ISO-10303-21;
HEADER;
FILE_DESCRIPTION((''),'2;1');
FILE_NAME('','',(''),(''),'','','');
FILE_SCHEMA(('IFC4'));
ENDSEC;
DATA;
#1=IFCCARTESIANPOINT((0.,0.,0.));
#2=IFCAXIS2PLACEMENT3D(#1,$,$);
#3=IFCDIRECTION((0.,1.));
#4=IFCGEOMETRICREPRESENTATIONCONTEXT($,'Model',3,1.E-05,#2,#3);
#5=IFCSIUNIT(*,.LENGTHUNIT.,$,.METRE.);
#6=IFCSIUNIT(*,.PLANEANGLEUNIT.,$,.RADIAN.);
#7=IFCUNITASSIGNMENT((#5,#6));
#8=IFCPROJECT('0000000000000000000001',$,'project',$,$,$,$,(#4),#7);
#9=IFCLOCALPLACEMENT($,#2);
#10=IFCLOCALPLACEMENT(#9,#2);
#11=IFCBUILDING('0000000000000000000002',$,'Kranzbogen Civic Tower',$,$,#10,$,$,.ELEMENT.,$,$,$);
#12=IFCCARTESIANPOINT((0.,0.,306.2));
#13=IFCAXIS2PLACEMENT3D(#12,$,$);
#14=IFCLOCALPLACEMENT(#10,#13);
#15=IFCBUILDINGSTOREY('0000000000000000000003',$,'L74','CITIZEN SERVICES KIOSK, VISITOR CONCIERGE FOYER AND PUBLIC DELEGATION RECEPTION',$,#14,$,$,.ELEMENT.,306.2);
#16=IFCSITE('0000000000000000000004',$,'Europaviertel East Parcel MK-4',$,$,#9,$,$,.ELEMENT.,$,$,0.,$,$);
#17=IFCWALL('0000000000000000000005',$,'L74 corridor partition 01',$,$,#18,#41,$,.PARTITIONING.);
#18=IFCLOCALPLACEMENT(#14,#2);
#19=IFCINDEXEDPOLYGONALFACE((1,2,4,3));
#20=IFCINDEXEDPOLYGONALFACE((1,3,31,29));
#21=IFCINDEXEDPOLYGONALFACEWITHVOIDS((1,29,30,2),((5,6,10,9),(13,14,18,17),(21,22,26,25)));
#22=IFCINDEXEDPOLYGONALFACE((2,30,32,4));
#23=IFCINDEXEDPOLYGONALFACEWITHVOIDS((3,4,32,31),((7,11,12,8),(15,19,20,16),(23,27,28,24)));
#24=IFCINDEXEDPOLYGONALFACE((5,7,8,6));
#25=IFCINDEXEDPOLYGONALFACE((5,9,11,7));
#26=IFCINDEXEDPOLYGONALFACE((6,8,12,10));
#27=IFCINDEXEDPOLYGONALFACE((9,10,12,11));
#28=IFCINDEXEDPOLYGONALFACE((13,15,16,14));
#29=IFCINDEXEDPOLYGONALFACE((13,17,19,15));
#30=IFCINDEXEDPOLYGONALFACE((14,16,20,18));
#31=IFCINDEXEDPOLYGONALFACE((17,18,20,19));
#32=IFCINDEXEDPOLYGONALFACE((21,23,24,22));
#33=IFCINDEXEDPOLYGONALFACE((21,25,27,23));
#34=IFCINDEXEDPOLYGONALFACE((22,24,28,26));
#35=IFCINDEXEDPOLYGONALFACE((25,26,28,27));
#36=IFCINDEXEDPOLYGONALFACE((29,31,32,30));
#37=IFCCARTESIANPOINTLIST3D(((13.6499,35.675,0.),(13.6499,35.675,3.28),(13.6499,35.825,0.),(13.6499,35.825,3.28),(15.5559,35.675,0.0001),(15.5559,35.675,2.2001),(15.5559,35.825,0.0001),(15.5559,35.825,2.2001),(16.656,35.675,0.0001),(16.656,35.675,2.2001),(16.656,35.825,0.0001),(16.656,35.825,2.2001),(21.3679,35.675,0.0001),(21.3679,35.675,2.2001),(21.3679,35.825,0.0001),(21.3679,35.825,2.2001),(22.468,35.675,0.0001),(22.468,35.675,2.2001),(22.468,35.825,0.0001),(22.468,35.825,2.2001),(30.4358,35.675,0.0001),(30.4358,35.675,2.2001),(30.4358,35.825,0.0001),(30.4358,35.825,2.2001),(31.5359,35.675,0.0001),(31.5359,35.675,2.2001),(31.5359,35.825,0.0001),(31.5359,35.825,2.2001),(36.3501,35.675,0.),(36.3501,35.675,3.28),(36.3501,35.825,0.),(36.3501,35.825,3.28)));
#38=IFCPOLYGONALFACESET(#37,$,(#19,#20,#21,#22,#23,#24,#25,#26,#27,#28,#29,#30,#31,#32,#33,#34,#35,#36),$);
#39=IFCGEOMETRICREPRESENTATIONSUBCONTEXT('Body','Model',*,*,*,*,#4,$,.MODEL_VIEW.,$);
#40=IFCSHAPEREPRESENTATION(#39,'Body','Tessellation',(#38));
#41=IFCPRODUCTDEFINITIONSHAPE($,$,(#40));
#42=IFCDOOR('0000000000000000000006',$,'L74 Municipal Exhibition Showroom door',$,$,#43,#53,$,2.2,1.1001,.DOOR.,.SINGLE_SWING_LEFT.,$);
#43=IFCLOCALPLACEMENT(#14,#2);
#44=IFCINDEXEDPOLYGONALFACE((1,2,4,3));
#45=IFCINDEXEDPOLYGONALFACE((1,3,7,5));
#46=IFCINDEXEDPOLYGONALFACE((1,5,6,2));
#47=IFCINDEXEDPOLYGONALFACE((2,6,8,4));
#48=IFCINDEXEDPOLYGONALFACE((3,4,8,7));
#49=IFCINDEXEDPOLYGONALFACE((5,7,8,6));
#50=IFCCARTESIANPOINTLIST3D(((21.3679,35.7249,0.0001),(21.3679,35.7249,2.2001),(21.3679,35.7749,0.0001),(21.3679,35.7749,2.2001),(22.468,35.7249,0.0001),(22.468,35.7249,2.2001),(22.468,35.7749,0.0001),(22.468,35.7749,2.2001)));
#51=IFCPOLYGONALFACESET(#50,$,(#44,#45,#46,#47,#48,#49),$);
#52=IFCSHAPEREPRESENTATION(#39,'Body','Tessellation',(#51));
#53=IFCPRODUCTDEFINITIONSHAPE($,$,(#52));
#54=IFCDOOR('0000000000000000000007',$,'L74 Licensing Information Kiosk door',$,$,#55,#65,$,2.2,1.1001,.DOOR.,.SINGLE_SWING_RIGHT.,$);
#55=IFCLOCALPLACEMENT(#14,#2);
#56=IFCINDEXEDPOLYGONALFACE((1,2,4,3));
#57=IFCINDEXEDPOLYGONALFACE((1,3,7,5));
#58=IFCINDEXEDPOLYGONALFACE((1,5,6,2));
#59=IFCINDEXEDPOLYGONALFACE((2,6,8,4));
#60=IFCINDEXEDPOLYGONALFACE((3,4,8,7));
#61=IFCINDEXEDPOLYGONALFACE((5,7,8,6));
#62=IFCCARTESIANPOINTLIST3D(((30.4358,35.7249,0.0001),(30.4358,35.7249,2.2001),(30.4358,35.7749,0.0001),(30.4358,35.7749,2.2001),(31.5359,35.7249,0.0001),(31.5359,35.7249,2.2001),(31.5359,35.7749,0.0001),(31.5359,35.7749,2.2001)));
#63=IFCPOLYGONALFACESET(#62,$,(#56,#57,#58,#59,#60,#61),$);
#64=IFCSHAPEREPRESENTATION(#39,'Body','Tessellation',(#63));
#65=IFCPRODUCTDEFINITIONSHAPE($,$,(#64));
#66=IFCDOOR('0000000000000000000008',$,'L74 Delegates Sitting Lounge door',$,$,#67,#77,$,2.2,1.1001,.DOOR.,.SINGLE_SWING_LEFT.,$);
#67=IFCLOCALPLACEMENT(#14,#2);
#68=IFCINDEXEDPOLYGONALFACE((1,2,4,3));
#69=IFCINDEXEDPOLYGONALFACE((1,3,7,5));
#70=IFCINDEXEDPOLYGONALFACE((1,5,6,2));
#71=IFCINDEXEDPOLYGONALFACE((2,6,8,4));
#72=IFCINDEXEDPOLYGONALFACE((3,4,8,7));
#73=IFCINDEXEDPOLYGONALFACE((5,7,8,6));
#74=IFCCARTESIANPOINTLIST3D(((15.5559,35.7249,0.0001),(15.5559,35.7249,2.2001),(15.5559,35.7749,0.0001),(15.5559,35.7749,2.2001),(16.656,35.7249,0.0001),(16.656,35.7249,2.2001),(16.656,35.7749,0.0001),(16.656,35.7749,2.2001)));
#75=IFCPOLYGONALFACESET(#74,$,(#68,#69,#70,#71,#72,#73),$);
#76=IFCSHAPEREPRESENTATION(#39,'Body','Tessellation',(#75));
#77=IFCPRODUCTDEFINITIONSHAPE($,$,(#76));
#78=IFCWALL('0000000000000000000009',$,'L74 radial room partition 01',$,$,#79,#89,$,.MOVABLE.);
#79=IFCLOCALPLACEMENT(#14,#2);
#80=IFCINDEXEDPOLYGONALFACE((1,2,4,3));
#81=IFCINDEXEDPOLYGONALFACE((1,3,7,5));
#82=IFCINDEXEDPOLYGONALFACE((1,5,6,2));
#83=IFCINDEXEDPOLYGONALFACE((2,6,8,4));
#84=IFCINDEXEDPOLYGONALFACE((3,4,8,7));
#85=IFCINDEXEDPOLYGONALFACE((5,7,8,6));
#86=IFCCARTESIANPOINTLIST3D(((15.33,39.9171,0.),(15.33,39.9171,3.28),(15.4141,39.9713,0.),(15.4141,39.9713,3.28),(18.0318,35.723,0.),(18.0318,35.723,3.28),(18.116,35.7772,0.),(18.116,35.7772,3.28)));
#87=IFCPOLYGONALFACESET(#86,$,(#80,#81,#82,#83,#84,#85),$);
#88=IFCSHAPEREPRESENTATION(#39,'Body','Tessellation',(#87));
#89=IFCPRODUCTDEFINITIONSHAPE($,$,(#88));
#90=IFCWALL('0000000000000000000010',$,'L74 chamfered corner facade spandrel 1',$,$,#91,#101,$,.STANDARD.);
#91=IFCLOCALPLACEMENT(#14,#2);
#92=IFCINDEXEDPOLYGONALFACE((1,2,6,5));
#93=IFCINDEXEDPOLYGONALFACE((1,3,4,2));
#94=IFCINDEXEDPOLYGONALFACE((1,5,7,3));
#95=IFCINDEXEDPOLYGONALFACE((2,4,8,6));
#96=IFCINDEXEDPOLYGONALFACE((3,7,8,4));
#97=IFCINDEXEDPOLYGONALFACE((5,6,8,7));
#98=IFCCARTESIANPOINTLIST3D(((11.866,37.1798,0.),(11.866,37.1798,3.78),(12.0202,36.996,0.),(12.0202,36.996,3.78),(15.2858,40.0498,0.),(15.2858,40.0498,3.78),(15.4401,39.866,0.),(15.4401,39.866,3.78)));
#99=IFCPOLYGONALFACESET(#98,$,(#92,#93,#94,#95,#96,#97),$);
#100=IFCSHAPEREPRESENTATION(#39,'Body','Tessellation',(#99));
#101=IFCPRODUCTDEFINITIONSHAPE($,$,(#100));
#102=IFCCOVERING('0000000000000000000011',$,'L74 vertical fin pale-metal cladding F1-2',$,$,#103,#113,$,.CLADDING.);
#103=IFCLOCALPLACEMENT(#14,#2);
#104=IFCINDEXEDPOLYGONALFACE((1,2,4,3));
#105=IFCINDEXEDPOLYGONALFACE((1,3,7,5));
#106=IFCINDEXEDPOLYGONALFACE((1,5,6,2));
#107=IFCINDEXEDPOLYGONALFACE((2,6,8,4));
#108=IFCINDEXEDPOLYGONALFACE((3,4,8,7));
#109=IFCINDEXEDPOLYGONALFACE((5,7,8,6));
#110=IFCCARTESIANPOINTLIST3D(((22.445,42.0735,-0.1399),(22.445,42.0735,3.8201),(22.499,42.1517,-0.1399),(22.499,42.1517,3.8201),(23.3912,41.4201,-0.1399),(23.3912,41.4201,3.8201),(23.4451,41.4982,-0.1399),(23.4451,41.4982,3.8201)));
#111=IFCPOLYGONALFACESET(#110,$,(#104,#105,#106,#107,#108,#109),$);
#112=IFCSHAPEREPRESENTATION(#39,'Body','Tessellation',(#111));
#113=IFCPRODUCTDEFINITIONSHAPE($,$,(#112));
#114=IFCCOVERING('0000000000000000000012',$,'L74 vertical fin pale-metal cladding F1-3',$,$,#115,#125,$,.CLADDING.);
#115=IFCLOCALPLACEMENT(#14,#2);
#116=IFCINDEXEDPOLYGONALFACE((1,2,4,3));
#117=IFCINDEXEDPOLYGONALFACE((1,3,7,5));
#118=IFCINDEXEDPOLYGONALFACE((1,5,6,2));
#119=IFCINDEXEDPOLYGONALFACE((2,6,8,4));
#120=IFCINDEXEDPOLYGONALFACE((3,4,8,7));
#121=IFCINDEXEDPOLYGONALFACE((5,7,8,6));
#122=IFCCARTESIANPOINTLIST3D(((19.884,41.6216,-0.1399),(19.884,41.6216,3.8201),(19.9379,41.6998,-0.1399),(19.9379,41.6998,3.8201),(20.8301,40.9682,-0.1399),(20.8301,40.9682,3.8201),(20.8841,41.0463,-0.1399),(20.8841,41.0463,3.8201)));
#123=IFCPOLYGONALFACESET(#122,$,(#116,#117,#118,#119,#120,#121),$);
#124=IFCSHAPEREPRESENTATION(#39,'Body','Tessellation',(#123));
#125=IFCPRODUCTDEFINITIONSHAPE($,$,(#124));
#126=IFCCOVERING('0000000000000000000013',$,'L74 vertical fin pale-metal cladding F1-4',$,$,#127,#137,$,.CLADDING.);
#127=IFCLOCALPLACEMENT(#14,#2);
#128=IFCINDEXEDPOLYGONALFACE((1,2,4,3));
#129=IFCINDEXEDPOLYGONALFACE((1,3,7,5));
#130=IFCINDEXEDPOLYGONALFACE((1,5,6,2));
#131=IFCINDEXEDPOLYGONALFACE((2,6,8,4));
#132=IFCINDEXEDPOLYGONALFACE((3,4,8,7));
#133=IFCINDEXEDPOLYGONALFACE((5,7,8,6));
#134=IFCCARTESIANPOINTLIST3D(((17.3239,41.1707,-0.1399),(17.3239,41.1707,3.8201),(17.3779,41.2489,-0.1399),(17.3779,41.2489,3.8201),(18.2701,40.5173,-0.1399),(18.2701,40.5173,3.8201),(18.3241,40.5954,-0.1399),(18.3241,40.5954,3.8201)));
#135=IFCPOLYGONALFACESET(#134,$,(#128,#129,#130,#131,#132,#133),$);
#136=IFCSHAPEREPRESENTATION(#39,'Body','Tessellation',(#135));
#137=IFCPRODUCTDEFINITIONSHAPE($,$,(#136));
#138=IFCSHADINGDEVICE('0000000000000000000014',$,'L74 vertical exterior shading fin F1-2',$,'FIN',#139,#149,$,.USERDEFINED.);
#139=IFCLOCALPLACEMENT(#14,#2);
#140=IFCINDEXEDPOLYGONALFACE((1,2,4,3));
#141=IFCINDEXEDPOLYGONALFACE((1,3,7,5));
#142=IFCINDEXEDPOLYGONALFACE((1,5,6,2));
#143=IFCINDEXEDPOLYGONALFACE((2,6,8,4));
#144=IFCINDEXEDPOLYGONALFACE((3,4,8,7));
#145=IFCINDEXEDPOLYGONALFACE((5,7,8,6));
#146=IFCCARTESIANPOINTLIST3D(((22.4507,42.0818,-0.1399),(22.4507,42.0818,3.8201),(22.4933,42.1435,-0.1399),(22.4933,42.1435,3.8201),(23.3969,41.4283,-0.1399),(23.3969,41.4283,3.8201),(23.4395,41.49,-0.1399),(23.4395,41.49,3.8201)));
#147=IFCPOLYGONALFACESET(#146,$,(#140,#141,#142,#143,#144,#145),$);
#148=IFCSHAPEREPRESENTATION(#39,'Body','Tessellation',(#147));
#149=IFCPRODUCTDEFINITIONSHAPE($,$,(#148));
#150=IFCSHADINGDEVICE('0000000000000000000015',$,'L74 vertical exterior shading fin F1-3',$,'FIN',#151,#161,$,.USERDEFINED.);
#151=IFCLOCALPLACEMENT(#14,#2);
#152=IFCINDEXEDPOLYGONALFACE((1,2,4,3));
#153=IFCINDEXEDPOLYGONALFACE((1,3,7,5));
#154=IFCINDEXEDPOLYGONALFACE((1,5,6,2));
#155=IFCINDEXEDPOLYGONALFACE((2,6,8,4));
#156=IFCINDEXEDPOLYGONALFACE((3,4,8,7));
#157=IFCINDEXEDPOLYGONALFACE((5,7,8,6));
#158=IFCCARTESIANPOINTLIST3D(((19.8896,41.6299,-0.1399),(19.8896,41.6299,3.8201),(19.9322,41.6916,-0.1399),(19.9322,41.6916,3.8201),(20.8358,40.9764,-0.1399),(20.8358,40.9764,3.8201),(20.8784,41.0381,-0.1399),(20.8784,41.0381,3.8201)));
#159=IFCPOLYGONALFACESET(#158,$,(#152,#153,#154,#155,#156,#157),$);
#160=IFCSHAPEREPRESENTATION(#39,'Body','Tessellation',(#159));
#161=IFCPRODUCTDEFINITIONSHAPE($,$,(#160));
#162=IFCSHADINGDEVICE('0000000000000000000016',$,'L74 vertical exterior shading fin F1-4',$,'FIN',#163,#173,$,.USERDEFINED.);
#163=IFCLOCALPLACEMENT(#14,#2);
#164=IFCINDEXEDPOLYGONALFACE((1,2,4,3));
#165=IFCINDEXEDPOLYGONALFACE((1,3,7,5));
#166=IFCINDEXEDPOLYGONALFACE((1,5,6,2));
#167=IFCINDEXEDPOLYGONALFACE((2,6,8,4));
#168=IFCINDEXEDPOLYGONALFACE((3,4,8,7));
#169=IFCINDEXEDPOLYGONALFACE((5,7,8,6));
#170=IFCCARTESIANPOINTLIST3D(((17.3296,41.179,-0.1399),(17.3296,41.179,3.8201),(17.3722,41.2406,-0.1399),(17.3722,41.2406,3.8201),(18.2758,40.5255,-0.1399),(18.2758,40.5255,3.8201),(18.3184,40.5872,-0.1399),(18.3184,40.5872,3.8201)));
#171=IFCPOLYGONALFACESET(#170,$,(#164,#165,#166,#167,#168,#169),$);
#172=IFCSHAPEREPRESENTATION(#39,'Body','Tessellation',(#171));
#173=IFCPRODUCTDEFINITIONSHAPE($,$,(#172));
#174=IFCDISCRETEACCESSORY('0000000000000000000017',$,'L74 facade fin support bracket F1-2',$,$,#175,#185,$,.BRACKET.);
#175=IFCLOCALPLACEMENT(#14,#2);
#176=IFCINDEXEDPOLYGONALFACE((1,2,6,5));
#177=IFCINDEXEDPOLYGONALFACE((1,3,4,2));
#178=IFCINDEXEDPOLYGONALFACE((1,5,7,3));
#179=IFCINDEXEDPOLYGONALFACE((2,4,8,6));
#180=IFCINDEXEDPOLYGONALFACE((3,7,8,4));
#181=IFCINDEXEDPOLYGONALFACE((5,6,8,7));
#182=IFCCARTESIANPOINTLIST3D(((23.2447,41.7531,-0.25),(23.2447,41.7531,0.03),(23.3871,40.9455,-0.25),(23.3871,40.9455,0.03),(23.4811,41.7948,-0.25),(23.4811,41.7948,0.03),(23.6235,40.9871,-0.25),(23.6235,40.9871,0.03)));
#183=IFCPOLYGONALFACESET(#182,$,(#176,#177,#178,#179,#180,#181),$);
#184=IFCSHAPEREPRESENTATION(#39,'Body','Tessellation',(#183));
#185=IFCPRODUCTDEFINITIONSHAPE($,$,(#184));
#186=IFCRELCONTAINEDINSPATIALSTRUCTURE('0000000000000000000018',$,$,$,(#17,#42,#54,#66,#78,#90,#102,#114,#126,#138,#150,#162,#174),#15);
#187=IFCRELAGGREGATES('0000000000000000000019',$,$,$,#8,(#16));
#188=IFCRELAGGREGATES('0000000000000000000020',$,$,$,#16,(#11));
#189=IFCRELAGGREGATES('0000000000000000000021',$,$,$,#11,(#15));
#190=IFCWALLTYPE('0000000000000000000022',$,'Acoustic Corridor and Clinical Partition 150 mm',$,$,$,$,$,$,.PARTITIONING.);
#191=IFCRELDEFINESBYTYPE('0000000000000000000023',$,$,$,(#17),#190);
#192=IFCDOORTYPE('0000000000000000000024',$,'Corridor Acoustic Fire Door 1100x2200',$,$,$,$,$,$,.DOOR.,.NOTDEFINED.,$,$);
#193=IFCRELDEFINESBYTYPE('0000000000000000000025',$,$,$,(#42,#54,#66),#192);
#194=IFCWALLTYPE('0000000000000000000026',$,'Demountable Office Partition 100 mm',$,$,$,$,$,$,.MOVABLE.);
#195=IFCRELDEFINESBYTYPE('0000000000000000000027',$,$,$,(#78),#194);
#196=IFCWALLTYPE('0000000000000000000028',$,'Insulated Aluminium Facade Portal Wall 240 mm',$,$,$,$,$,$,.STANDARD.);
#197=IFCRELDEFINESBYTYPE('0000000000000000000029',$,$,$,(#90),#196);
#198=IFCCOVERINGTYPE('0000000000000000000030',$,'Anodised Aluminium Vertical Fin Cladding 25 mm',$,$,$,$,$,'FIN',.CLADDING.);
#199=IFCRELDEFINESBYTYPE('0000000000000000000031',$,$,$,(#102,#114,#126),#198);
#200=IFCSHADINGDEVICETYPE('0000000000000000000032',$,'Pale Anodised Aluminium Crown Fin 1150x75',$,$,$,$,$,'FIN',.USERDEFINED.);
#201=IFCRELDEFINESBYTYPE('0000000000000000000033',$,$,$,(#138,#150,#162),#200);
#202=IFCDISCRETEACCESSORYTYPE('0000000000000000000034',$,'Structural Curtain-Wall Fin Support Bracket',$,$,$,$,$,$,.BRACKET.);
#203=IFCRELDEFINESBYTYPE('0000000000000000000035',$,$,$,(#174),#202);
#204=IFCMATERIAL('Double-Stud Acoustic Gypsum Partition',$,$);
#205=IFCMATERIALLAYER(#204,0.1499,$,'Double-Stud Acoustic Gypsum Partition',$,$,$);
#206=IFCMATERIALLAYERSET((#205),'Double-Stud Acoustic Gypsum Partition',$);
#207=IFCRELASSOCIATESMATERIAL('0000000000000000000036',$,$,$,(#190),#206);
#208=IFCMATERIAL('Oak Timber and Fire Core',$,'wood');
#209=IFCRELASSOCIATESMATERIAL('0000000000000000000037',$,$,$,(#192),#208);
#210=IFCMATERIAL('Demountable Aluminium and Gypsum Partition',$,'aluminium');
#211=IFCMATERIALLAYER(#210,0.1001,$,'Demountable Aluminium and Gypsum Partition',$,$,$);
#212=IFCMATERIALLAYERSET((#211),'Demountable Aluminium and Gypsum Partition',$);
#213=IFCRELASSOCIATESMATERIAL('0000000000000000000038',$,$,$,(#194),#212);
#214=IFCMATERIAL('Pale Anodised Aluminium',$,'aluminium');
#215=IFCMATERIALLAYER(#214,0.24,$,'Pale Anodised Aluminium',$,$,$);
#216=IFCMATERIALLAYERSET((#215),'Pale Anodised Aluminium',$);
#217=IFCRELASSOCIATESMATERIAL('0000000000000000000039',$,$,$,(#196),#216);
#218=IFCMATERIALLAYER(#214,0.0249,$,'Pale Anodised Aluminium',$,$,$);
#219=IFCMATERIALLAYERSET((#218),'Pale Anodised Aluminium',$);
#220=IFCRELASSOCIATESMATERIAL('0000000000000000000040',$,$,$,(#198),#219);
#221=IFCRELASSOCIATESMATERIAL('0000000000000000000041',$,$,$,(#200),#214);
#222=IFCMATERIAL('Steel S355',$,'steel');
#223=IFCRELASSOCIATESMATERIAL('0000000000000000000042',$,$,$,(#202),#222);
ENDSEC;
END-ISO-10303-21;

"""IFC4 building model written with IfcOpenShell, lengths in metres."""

from ifc_helpers import new_model, si_unit, direction, frame, frame_2d, origin, origin_2d, place, context, subcontext, project, spatial, rectangle, extrude, material, layer, layer_set, type_object, element, fill, save


model = new_model("IFC4")

# Units and contexts
model_context = context("Model", 3, precision=1e-05, world=origin(), true_north=direction((0.0, 1.0)))
body_context = subcontext(model_context, "Body", "Model", "MODEL_VIEW")
ifc_project = project(units=[si_unit("LENGTHUNIT", "METRE"), si_unit("PLANEANGLEUNIT", "RADIAN")], contexts=[model_context])

# Site, building, storey
site_placement = place(None, origin())
site = spatial("IfcSite", under=ifc_project, at=site_placement, Name="Europaviertel East Parcel MK-4", CompositionType="ELEMENT", RefElevation=0.0)
building_placement = place(site_placement, origin())
building = spatial("IfcBuilding", under=site, at=building_placement, Name="Kranzbogen Civic Tower", CompositionType="ELEMENT")
storey_placement = place(building_placement, frame((0.0, 0.0, 306.2)))
storey = spatial("IfcBuildingStorey", under=building, at=storey_placement, Name="L74", Description="CITIZEN SERVICES KIOSK, VISITOR CONCIERGE FOYER AND PUBLIC DELEGATION RECEPTION", CompositionType="ELEMENT", Elevation=306.2)

# Shared definitions
ifc_material_1 = material(Name="Steel S355", Category="steel")

# Shared definitions
ifc_material_2 = material(Name="Pale Anodised Aluminium", Category="aluminium")

# Wall, openings, doors
ifc_material_3 = material(Name="Double-Stud Acoustic Gypsum Partition")
ifc_layer_1 = layer(ifc_material_3, 0.1499, Name="Double-Stud Acoustic Gypsum Partition")
ifc_layer_set_1 = layer_set([ifc_layer_1], Name="Double-Stud Acoustic Gypsum Partition")
wall_type_1 = type_object("IfcWallType", Name="Acoustic Corridor and Clinical Partition 150 mm", PredefinedType="PARTITIONING", material=ifc_layer_set_1)
wall_1_placement = place(storey_placement, frame((13.6499, 35.75, 0.0), z_axis=(0.0, 0.0, 1.0), x_axis=(1.0, 0.0, 0.0)))
wall_1 = element("IfcWall", 1, at=wall_1_placement, inside=storey, type_object=wall_type_1, Name="L74 corridor partition 01", PredefinedType="PARTITIONING", context=body_context, shape_type="SweptSolid", body=[
    extrude(rectangle(XDim=22.7002, YDim=0.1499, at=frame_2d((11.3501, 0.0))), origin(), (0.0, 0.0, 1.0), 3.28),
])
opening_1_placement = place(wall_1_placement, frame((7.718, 0.0, 0.0)))
opening_1 = element("IfcOpeningElement", 2, at=opening_1_placement, cuts=wall_1, PredefinedType="OPENING", context=body_context, shape_type="SweptSolid", body=[
    extrude(rectangle(XDim=1.1001, YDim=2.2, at=frame_2d((0.55, 1.1001))), frame((0.0, 0.085, 0.0), z_axis=(0.0, -1.0, 0.0), x_axis=(1.0, 0.0, 0.0)), (0.0, 0.0, 1.0), 0.1699),
])
opening_2_placement = place(wall_1_placement, frame((16.7859, 0.0, 0.0)))
opening_2 = element("IfcOpeningElement", 3, at=opening_2_placement, cuts=wall_1, PredefinedType="OPENING", context=body_context, shape_type="SweptSolid", body=[
    extrude(rectangle(XDim=1.1001, YDim=2.2, at=frame_2d((0.55, 1.1001))), frame((0.0, 0.085, 0.0), z_axis=(0.0, -1.0, 0.0), x_axis=(1.0, 0.0, 0.0)), (0.0, 0.0, 1.0), 0.1699),
])
opening_3_placement = place(wall_1_placement, frame((1.906, 0.0, 0.0)))
opening_3 = element("IfcOpeningElement", 4, at=opening_3_placement, cuts=wall_1, PredefinedType="OPENING", context=body_context, shape_type="SweptSolid", body=[
    extrude(rectangle(XDim=1.1001, YDim=2.2, at=frame_2d((0.55, 1.1001))), frame((0.0, 0.085, 0.0), z_axis=(0.0, -1.0, 0.0), x_axis=(1.0, 0.0, 0.0)), (0.0, 0.0, 1.0), 0.1699),
])
ifc_material_4 = material(Name="Oak Timber and Fire Core", Category="wood")
door_type = type_object("IfcDoorType", Name="Corridor Acoustic Fire Door 1100x2200", OperationType="NOTDEFINED", PredefinedType="DOOR", material=ifc_material_4)
door_1_placement = place(opening_1_placement, origin())
door_1 = element("IfcDoor", 5, at=door_1_placement, inside=storey, type_object=door_type, Name="L74 Municipal Exhibition Showroom door", OperationType="SINGLE_SWING_LEFT", OverallHeight=2.2, OverallWidth=1.1001, PredefinedType="DOOR", context=body_context, shape_type="SweptSolid", body=[
    extrude(rectangle(XDim=1.1001, YDim=2.2, at=frame_2d((0.55, 1.1001))), frame((0.0, 0.0249, 0.0), z_axis=(0.0, -1.0, 0.0), x_axis=(1.0, 0.0, 0.0)), (0.0, 0.0, 1.0), 0.05),
])
fill(opening_1, door_1)
door_2_placement = place(opening_2_placement, origin())
door_2 = element("IfcDoor", 6, at=door_2_placement, inside=storey, type_object=door_type, Name="L74 Licensing Information Kiosk door", OperationType="SINGLE_SWING_RIGHT", OverallHeight=2.2, OverallWidth=1.1001, PredefinedType="DOOR", context=body_context, shape_type="SweptSolid", body=[
    extrude(rectangle(XDim=1.1001, YDim=2.2, at=frame_2d((0.55, 1.1001))), frame((0.0, 0.0249, 0.0), z_axis=(0.0, -1.0, 0.0), x_axis=(1.0, 0.0, 0.0)), (0.0, 0.0, 1.0), 0.05),
])
fill(opening_2, door_2)
door_3_placement = place(opening_3_placement, origin())
door_3 = element("IfcDoor", 7, at=door_3_placement, inside=storey, type_object=door_type, Name="L74 Delegates Sitting Lounge door", OperationType="SINGLE_SWING_LEFT", OverallHeight=2.2, OverallWidth=1.1001, PredefinedType="DOOR", context=body_context, shape_type="SweptSolid", body=[
    extrude(rectangle(XDim=1.1001, YDim=2.2, at=frame_2d((0.55, 1.1001))), frame((0.0, 0.0249, 0.0), z_axis=(0.0, -1.0, 0.0), x_axis=(1.0, 0.0, 0.0)), (0.0, 0.0, 1.0), 0.05),
])
fill(opening_3, door_3)

# Walls
ifc_material_5 = material(Name="Demountable Aluminium and Gypsum Partition", Category="aluminium")
ifc_layer_2 = layer(ifc_material_5, 0.1001, Name="Demountable Aluminium and Gypsum Partition")
ifc_layer_set_2 = layer_set([ifc_layer_2], Name="Demountable Aluminium and Gypsum Partition")
wall_type_2 = type_object("IfcWallType", Name="Demountable Office Partition 100 mm", PredefinedType="MOVABLE", material=ifc_layer_set_2)
wall_2_placement = place(storey_placement, frame((18.074, 35.75, 0.0), z_axis=(0.0, 0.0, 1.0), x_axis=(-0.541566, 0.840658, 0.0)))
element("IfcWall", 8, at=wall_2_placement, inside=storey, type_object=wall_type_2, Name="L74 radial room partition 01", PredefinedType="MOVABLE", context=body_context, shape_type="SweptSolid", body=[
    extrude(rectangle(XDim=4.989, YDim=0.1001, at=frame_2d((2.4946, 0.0))), origin(), (0.0, 0.0, 1.0), 3.28),
])
ifc_layer_3 = layer(ifc_material_2, 0.24, Name="Pale Anodised Aluminium")
ifc_layer_set_3 = layer_set([ifc_layer_3], Name="Pale Anodised Aluminium")
wall_type_3 = type_object("IfcWallType", Name="Insulated Aluminium Facade Portal Wall 240 mm", PredefinedType="STANDARD", material=ifc_layer_set_3)
wall_3_placement = place(storey_placement, frame((15.363, 39.958, 0.0), z_axis=(0.0, 0.0, 1.0), x_axis=(-0.765993, -0.642848, 0.0)))
element("IfcWall", 9, at=wall_3_placement, inside=storey, type_object=wall_type_3, Name="L74 chamfered corner facade spandrel 1", PredefinedType="STANDARD", context=body_context, shape_type="SweptSolid", body=[
    extrude(rectangle(XDim=4.4646, YDim=0.24, at=frame_2d((2.2324, 0.0))), origin(), (0.0, 0.0, 1.0), 3.78),
])

# Coverings
ifc_layer_4 = layer(ifc_material_2, 0.0249, Name="Pale Anodised Aluminium")
ifc_layer_set_4 = layer_set([ifc_layer_4], Name="Pale Anodised Aluminium")
covering_type = type_object("IfcCoveringType", Name="Anodised Aluminium Vertical Fin Cladding 25 mm", ElementType="FIN", PredefinedType="CLADDING", material=ifc_layer_set_4)
for number, where, z_axis, x_axis, name in (
    (10, (22.9451, 41.7859, -0.1399), (0.0, 0.0, 1.0), (-0.822839, 0.568275, 0.0), "L74 vertical fin pale-metal cladding F1-2"),
    (11, (20.384, 41.334, -0.1399), (0.0, 0.0, 1.0), (-0.822839, 0.568275, 0.0), "L74 vertical fin pale-metal cladding F1-3"),
    (12, (17.824, 40.8831, -0.1399), (0.0, 0.0, 1.0), (-0.822839, 0.568275, 0.0), "L74 vertical fin pale-metal cladding F1-4"),
):
    element("IfcCovering", number, at=place(storey_placement, frame(where, z_axis=z_axis, x_axis=x_axis)), inside=storey, type_object=covering_type, Name=name, PredefinedType="CLADDING", context=body_context, shape_type="SweptSolid", body=[
        extrude(rectangle(XDim=1.1499, YDim=0.095, at=origin_2d()), origin(), (0.0, 0.0, 1.0), 3.96),
    ])

# Shading devices
shading_device_type = type_object("IfcShadingDeviceType", Name="Pale Anodised Aluminium Crown Fin 1150x75", ElementType="FIN", PredefinedType="USERDEFINED", material=ifc_material_2)
for number, where, z_axis, x_axis, name in (
    (13, (22.9451, 41.7859, -0.1399), (0.0, 0.0, 1.0), (-0.822839, 0.568275, 0.0), "L74 vertical exterior shading fin F1-2"),
    (14, (20.384, 41.334, -0.1399), (0.0, 0.0, 1.0), (-0.822839, 0.568275, 0.0), "L74 vertical exterior shading fin F1-3"),
    (15, (17.824, 40.8831, -0.1399), (0.0, 0.0, 1.0), (-0.822839, 0.568275, 0.0), "L74 vertical exterior shading fin F1-4"),
):
    element("IfcShadingDevice", number, at=place(storey_placement, frame(where, z_axis=z_axis, x_axis=x_axis)), inside=storey, type_object=shading_device_type, Name=name, ObjectType="FIN", PredefinedType="USERDEFINED", context=body_context, shape_type="SweptSolid", body=[
        extrude(rectangle(XDim=1.1499, YDim=0.075, at=origin_2d()), origin(), (0.0, 0.0, 1.0), 3.96),
    ])

# Discrete accessory
discrete_accessory_type = type_object("IfcDiscreteAccessoryType", Name="Structural Curtain-Wall Fin Support Bracket", PredefinedType="BRACKET", material=ifc_material_1)
for number, where, z_axis, x_axis, name in (
    (16, (23.4341, 41.3701, -0.25), (0.0, 0.0, 1.0), (-0.173648, 0.984808, 0.0), "L74 facade fin support bracket F1-2"),
):
    element("IfcDiscreteAccessory", number, at=place(storey_placement, frame(where, z_axis=z_axis, x_axis=x_axis)), inside=storey, type_object=discrete_accessory_type, Name=name, PredefinedType="BRACKET", context=body_context, shape_type="SweptSolid", body=[
        extrude(rectangle(XDim=0.8201, YDim=0.24, at=origin_2d()), origin(), (0.0, 0.0, 1.0), 0.28),
    ])

save(model, "model.ifc")
